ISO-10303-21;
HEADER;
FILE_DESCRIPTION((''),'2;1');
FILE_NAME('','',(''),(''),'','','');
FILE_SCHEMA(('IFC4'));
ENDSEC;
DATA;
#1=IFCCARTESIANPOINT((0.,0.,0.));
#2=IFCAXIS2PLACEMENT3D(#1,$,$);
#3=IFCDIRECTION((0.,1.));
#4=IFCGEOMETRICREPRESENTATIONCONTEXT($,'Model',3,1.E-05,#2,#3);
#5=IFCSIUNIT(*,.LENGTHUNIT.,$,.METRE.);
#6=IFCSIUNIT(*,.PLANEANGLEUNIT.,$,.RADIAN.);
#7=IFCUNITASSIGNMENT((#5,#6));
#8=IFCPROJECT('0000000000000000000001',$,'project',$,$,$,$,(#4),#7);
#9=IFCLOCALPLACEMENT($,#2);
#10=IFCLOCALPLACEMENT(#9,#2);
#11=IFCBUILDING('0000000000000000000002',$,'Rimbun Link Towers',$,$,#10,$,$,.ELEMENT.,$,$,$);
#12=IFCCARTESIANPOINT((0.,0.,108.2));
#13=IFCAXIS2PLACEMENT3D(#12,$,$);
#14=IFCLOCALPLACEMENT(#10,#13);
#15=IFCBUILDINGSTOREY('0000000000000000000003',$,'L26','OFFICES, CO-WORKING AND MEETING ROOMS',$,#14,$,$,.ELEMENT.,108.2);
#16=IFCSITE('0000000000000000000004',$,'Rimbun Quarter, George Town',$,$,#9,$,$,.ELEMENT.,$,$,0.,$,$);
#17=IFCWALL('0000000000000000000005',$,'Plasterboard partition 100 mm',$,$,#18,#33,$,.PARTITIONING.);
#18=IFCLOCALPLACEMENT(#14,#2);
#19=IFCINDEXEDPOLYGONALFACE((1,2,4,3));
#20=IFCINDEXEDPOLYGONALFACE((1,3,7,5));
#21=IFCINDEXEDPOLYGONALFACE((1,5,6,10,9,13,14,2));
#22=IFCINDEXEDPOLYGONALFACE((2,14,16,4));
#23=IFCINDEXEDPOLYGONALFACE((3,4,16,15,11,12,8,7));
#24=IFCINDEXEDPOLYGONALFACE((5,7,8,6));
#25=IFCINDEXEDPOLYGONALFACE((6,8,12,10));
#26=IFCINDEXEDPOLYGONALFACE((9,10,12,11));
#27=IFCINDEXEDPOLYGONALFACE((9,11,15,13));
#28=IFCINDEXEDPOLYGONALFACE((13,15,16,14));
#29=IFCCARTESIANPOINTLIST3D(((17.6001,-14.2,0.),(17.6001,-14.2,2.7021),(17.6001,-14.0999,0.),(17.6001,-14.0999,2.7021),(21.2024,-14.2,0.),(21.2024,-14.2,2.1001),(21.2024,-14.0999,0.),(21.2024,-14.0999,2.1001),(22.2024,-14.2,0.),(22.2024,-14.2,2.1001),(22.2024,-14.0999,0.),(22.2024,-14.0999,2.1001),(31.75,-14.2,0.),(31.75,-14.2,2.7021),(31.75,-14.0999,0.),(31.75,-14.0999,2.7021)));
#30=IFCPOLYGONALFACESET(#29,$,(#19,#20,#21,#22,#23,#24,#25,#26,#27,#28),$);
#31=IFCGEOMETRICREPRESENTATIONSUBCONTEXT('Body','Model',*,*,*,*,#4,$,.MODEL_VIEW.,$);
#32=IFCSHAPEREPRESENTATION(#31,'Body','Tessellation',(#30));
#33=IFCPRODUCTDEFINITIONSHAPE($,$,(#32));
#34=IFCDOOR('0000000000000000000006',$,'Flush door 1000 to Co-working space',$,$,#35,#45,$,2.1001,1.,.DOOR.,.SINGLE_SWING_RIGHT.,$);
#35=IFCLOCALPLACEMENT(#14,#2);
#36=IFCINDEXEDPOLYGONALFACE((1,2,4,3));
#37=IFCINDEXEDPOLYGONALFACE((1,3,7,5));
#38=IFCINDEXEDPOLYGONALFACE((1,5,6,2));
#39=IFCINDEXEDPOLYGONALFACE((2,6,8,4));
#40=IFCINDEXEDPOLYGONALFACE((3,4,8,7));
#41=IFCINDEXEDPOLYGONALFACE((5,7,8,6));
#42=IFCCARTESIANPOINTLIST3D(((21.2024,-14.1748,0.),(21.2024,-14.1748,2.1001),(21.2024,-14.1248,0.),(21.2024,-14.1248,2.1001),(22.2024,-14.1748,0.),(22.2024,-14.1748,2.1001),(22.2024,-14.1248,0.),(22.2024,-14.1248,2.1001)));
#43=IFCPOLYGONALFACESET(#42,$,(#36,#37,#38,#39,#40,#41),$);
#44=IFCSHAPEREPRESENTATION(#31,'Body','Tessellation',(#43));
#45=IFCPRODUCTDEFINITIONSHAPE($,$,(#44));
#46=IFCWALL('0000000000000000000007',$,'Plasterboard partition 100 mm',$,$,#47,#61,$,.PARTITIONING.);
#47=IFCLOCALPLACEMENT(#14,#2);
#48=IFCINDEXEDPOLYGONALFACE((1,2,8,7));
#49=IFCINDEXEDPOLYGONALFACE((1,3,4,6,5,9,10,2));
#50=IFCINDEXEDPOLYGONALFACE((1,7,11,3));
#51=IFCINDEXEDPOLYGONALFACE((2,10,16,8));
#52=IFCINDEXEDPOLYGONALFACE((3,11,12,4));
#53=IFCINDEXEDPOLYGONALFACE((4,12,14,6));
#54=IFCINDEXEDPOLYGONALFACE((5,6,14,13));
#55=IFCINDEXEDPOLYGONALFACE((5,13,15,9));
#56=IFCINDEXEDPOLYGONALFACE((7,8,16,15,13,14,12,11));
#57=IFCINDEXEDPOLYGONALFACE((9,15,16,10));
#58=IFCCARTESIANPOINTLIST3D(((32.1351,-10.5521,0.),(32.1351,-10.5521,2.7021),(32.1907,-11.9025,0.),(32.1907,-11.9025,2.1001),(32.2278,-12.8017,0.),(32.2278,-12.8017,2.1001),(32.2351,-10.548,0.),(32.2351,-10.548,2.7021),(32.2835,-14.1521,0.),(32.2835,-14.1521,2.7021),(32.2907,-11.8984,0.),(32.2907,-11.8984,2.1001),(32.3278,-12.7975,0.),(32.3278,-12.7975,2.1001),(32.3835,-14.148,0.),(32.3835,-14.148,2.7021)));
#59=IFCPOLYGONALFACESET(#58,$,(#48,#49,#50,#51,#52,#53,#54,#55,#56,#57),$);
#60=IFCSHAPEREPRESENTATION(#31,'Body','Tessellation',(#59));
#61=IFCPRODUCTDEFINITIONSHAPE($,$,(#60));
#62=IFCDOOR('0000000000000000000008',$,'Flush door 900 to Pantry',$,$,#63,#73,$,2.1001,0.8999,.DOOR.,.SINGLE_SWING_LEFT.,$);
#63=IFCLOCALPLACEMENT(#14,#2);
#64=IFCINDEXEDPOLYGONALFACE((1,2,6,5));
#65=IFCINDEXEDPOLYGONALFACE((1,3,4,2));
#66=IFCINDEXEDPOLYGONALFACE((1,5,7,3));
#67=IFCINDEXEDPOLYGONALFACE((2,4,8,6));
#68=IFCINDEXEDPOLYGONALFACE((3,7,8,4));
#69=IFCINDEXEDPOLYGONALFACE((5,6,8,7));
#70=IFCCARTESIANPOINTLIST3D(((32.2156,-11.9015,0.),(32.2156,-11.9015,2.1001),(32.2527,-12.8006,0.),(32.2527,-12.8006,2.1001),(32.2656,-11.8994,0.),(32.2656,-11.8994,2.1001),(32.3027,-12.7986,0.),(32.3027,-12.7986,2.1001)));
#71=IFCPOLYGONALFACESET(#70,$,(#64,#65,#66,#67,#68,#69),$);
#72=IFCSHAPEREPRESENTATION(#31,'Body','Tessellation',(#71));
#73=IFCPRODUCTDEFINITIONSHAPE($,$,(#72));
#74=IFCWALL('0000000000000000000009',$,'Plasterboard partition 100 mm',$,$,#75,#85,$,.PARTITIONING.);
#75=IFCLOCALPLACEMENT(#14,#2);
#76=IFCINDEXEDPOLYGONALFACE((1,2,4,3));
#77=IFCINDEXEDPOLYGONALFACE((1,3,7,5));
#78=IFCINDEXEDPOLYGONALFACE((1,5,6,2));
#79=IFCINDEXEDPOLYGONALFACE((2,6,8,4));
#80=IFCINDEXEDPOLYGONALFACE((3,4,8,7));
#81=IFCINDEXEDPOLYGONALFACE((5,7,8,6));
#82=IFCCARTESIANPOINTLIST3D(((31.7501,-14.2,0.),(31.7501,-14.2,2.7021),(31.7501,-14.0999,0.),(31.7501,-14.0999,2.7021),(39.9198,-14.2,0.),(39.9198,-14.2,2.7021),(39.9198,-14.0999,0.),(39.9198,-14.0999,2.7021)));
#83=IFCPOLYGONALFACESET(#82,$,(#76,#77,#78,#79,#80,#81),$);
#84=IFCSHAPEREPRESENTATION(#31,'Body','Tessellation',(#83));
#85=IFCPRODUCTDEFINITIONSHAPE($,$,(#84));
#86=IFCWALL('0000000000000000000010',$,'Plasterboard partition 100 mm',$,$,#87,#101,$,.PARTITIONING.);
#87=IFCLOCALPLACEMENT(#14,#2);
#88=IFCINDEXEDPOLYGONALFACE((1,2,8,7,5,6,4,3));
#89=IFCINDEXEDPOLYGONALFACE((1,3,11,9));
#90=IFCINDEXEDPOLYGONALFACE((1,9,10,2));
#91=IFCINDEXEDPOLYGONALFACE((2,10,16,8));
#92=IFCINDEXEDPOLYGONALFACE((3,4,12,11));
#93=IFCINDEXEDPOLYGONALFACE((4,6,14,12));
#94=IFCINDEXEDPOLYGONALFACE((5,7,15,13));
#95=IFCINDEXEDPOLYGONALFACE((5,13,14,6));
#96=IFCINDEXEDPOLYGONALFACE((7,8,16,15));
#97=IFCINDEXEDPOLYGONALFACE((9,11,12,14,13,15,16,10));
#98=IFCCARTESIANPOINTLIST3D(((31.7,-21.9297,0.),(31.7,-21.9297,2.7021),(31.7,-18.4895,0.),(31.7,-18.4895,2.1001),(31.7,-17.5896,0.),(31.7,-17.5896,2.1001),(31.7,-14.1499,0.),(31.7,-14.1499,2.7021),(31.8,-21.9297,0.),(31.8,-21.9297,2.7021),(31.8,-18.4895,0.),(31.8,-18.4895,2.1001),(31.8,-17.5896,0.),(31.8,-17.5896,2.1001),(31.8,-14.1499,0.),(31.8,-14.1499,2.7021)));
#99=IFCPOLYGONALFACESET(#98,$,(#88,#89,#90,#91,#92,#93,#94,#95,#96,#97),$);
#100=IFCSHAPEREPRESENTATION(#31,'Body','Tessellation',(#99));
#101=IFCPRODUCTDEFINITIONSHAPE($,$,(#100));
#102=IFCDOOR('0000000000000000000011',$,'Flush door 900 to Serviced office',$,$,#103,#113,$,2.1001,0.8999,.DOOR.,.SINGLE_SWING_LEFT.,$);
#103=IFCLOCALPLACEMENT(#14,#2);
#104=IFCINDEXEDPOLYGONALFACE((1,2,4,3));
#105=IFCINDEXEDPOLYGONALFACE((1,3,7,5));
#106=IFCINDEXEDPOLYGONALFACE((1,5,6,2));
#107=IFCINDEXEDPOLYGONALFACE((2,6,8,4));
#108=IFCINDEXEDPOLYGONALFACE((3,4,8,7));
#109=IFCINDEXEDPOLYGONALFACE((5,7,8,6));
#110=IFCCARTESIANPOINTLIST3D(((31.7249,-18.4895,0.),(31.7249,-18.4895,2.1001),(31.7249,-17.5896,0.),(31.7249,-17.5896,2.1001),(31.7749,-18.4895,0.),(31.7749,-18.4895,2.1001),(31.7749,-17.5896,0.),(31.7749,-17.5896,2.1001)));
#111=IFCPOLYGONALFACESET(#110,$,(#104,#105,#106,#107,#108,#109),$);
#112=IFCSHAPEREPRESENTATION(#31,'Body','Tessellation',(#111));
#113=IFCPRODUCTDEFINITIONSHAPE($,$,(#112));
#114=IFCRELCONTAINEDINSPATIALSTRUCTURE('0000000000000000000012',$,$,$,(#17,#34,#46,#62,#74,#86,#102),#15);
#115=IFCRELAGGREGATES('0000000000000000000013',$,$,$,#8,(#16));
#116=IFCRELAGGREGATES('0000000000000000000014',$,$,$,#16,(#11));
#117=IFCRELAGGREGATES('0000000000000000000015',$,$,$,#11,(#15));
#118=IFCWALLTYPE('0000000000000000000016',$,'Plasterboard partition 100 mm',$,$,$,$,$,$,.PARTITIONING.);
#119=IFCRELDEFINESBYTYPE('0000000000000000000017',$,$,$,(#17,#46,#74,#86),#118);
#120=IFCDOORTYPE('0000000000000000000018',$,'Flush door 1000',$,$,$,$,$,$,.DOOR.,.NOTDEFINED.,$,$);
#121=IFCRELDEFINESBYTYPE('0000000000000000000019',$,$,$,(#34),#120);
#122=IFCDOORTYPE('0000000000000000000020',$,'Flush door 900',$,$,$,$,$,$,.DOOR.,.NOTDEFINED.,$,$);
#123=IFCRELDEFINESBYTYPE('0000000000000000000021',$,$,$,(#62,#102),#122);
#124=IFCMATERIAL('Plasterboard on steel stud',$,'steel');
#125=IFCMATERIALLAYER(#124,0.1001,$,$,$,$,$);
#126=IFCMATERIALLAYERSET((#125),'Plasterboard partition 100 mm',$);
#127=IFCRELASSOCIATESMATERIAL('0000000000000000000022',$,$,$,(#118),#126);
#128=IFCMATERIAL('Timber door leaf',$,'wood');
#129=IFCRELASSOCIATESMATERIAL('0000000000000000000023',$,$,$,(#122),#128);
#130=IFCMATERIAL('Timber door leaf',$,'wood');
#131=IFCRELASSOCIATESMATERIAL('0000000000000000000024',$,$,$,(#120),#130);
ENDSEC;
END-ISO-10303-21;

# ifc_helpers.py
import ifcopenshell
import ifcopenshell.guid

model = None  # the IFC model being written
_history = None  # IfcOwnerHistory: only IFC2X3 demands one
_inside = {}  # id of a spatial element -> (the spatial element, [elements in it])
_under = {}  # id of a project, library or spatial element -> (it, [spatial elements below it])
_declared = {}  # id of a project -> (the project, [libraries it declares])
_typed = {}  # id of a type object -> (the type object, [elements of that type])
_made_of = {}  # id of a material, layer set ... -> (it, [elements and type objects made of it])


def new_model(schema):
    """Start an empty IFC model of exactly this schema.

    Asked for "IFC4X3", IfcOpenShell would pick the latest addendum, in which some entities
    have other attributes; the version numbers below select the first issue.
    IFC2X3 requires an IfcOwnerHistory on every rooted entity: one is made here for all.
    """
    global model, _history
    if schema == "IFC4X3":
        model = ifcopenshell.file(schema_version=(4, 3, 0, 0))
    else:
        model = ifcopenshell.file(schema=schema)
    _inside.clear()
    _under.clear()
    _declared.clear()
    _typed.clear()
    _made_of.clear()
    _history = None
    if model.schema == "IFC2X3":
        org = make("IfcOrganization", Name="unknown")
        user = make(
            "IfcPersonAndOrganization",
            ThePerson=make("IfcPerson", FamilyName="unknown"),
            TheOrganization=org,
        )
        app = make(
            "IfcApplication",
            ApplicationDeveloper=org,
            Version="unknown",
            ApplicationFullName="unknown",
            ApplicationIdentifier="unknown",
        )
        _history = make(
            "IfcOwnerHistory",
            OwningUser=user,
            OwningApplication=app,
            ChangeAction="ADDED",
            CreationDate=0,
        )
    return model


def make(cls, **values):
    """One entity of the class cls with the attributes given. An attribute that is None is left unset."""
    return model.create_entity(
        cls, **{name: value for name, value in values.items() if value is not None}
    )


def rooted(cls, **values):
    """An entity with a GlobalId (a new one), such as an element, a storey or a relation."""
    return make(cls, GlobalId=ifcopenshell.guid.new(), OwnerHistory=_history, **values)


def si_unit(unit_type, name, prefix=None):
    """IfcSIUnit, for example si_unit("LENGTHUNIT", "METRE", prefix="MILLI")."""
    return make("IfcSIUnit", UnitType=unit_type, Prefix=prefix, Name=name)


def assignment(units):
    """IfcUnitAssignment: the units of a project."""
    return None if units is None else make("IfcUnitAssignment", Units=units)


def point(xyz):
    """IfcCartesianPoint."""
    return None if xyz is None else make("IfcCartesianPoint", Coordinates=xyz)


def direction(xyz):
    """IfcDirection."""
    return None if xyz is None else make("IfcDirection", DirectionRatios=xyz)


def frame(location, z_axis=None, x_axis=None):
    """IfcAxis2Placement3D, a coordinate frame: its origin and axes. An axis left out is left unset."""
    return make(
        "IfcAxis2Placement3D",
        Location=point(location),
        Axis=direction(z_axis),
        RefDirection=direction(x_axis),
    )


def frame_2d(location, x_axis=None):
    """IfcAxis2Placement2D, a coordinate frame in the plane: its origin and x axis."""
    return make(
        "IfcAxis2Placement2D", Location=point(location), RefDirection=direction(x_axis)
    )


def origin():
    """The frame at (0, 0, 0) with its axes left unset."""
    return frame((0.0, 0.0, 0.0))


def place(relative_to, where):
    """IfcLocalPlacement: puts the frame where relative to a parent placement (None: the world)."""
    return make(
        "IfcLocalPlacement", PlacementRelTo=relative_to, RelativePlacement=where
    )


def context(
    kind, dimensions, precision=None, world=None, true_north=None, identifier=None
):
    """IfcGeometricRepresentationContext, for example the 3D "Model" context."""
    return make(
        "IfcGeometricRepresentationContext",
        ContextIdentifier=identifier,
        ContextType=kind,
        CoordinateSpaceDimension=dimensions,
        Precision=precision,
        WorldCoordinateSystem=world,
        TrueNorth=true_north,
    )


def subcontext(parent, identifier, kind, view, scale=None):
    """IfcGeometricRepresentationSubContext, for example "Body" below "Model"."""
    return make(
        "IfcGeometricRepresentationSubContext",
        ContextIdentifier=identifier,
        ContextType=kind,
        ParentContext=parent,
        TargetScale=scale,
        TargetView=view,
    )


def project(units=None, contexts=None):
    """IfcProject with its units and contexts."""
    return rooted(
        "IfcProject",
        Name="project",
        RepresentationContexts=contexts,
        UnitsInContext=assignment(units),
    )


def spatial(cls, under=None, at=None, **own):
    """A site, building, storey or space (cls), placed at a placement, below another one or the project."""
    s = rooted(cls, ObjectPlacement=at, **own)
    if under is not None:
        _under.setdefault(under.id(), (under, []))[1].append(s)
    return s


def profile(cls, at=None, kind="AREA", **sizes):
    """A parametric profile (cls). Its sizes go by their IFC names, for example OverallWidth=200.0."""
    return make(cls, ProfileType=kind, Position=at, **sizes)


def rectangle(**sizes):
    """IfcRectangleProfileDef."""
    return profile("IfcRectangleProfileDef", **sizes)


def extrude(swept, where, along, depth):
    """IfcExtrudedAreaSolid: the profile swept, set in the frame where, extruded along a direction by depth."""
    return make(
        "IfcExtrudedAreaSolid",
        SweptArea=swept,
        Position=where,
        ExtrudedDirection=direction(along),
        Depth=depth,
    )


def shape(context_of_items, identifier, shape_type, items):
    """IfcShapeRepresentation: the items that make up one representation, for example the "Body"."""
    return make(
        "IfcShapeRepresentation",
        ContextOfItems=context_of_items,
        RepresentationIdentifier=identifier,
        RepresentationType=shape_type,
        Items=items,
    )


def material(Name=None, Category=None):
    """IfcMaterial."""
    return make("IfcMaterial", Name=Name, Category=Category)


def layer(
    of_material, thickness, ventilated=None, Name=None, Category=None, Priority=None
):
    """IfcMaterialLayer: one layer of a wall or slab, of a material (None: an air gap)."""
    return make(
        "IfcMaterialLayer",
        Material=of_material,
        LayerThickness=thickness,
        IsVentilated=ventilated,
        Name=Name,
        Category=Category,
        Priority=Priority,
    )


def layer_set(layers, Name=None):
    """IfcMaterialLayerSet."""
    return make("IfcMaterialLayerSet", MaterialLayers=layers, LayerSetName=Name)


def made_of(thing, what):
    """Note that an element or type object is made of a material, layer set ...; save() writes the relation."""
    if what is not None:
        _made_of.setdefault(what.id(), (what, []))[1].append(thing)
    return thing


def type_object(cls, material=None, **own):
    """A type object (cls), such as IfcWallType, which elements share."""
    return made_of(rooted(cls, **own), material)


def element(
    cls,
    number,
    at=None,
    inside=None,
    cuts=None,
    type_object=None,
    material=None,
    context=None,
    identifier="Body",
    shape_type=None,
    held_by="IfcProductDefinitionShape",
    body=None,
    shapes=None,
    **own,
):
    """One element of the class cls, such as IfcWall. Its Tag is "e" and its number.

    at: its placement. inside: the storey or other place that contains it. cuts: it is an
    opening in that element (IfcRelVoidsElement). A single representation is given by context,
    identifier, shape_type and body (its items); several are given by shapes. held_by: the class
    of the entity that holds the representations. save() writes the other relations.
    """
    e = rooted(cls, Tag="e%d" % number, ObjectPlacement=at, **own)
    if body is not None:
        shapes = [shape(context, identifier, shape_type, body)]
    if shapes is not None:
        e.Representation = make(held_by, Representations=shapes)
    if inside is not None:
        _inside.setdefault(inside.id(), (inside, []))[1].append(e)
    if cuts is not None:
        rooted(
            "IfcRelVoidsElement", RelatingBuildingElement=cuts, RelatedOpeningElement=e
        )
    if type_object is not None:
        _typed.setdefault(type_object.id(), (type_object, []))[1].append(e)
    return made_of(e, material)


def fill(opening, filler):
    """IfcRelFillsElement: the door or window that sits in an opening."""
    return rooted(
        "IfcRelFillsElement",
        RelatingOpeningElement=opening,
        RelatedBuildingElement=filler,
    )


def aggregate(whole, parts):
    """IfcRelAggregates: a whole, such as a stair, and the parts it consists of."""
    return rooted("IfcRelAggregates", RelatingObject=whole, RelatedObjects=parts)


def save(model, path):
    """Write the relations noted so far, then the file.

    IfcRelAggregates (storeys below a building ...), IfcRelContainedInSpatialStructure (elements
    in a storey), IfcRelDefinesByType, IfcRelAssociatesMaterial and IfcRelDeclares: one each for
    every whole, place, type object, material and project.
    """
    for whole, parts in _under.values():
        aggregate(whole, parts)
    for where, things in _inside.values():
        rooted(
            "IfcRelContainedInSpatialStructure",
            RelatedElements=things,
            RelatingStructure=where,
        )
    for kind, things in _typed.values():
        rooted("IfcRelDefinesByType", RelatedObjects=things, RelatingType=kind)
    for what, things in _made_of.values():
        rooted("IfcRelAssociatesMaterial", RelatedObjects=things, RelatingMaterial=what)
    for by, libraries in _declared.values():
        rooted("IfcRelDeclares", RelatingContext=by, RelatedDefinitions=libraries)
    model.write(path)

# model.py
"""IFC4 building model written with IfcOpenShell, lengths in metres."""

from ifc_helpers import new_model, si_unit, direction, frame, frame_2d, origin, place, context, subcontext, project, spatial, rectangle, extrude, material, layer, layer_set, type_object, element, fill, save


model = new_model("IFC4")

# Units and contexts
model_context = context("Model", 3, precision=1e-05, world=origin(), true_north=direction((0.0, 1.0)))
body_context = subcontext(model_context, "Body", "Model", "MODEL_VIEW")
ifc_project = project(units=[si_unit("LENGTHUNIT", "METRE"), si_unit("PLANEANGLEUNIT", "RADIAN")], contexts=[model_context])

# Site, building, storey
site_placement = place(None, origin())
site = spatial("IfcSite", under=ifc_project, at=site_placement, Name="Rimbun Quarter, George Town", CompositionType="ELEMENT", RefElevation=0.0)
building_placement = place(site_placement, origin())
building = spatial("IfcBuilding", under=site, at=building_placement, Name="Rimbun Link Towers", CompositionType="ELEMENT")
storey_placement = place(building_placement, frame((0.0, 0.0, 108.2)))
storey = spatial("IfcBuildingStorey", under=building, at=storey_placement, Name="L26", Description="OFFICES, CO-WORKING AND MEETING ROOMS", CompositionType="ELEMENT", Elevation=108.2)

# Walls, openings, doors
ifc_material_1 = material(Name="Plasterboard on steel stud", Category="steel")
ifc_layer_1 = layer(ifc_material_1, 0.1001)
ifc_layer_set_1 = layer_set([ifc_layer_1], Name="Plasterboard partition 100 mm")
wall_type = type_object("IfcWallType", Name="Plasterboard partition 100 mm", PredefinedType="PARTITIONING", material=ifc_layer_set_1)
ifc_material_2 = material(Name="Timber door leaf", Category="wood")
door_type_1 = type_object("IfcDoorType", Name="Flush door 900", OperationType="NOTDEFINED", PredefinedType="DOOR", material=ifc_material_2)
wall_1_placement = place(storey_placement, frame((31.75, -14.1499, 0.0), z_axis=(0.0, 0.0, 1.0), x_axis=(-1.0, 0.0, 0.0)))
wall_1 = element("IfcWall", 1, at=wall_1_placement, inside=storey, type_object=wall_type, Name="Plasterboard partition 100 mm", PredefinedType="PARTITIONING", context=body_context, shape_type="SweptSolid", body=[
    extrude(rectangle(XDim=14.1499, YDim=0.1001, at=frame_2d((7.075, 0.0))), origin(), (0.0, 0.0, 1.0), 2.7021),
])
opening_1_placement = place(wall_1_placement, frame((9.5476, 0.0, 0.0)))
opening_1 = element("IfcOpeningElement", 2, at=opening_1_placement, cuts=wall_1, PredefinedType="OPENING", context=body_context, shape_type="SweptSolid", body=[
    extrude(rectangle(XDim=1.0, YDim=2.1001, at=frame_2d((0.5, 1.05))), frame((0.0, 0.0601, 0.0), z_axis=(0.0, -1.0, 0.0), x_axis=(1.0, 0.0, 0.0)), (0.0, 0.0, 1.0), 0.1201),
])
ifc_material_3 = material(Name="Timber door leaf", Category="wood")
door_type_2 = type_object("IfcDoorType", Name="Flush door 1000", OperationType="NOTDEFINED", PredefinedType="DOOR", material=ifc_material_3)
door_1_placement = place(opening_1_placement, origin())
door_1 = element("IfcDoor", 3, at=door_1_placement, inside=storey, type_object=door_type_2, Name="Flush door 1000 to Co-working space", OperationType="SINGLE_SWING_RIGHT", OverallHeight=2.1001, OverallWidth=1.0, PredefinedType="DOOR", context=body_context, shape_type="SweptSolid", body=[
    extrude(rectangle(XDim=1.0, YDim=2.1001, at=frame_2d((0.5, 1.05))), frame((0.0, 0.0249, 0.0), z_axis=(0.0, -1.0, 0.0), x_axis=(1.0, 0.0, 0.0)), (0.0, 0.0, 1.0), 0.05),
])
fill(opening_1, door_1)
wall_2_placement = place(storey_placement, frame((32.1851, -10.55, 0.0), z_axis=(0.0, 0.0, 1.0), x_axis=(0.041199, -0.999151, 0.0)))
wall_2 = element("IfcWall", 4, at=wall_2_placement, inside=storey, type_object=wall_type, Name="Plasterboard partition 100 mm", PredefinedType="PARTITIONING", context=body_context, shape_type="SweptSolid", body=[
    extrude(rectangle(XDim=3.603, YDim=0.1001, at=frame_2d((1.8015, 0.0))), origin(), (0.0, 0.0, 1.0), 2.7021),
])
opening_2_placement = place(wall_2_placement, frame((1.3516, 0.0, 0.0)))
opening_2 = element("IfcOpeningElement", 5, at=opening_2_placement, cuts=wall_2, PredefinedType="OPENING", context=body_context, shape_type="SweptSolid", body=[
    extrude(rectangle(XDim=0.8999, YDim=2.1001, at=frame_2d((0.45, 1.05))), frame((0.0, 0.0601, 0.0), z_axis=(0.0, -1.0, 0.0), x_axis=(1.0, 0.0, 0.0)), (0.0, 0.0, 1.0), 0.1201),
])
door_2_placement = place(opening_2_placement, origin())
door_2 = element("IfcDoor", 6, at=door_2_placement, inside=storey, type_object=door_type_1, Name="Flush door 900 to Pantry", OperationType="SINGLE_SWING_LEFT", OverallHeight=2.1001, OverallWidth=0.8999, PredefinedType="DOOR", context=body_context, shape_type="SweptSolid", body=[
    extrude(rectangle(XDim=0.8999, YDim=2.1001, at=frame_2d((0.45, 1.05))), frame((0.0, 0.0249, 0.0), z_axis=(0.0, -1.0, 0.0), x_axis=(1.0, 0.0, 0.0)), (0.0, 0.0, 1.0), 0.05),
])
fill(opening_2, door_2)

# Wall
wall_3_placement = place(storey_placement, frame((31.75, -14.1499, 0.0), z_axis=(0.0, 0.0, 1.0), x_axis=(1.0, 0.0, 0.0)))
element("IfcWall", 7, at=wall_3_placement, inside=storey, type_object=wall_type, Name="Plasterboard partition 100 mm", PredefinedType="PARTITIONING", context=body_context, shape_type="SweptSolid", body=[
    extrude(rectangle(XDim=8.1697, YDim=0.1001, at=frame_2d((4.085, 0.0))), origin(), (0.0, 0.0, 1.0), 2.7021),
])

# Wall, opening, door
wall_4_placement = place(storey_placement, frame((31.75, -14.1499, 0.0), z_axis=(0.0, 0.0, 1.0), x_axis=(0.0, -1.0, 0.0)))
wall_4 = element("IfcWall", 8, at=wall_4_placement, inside=storey, type_object=wall_type, Name="Plasterboard partition 100 mm", PredefinedType="PARTITIONING", context=body_context, shape_type="SweptSolid", body=[
    extrude(rectangle(XDim=7.7798, YDim=0.1001, at=frame_2d((3.8899, 0.0))), origin(), (0.0, 0.0, 1.0), 2.7021),
])
opening_3_placement = place(wall_4_placement, frame((3.4397, 0.0, 0.0)))
opening_3 = element("IfcOpeningElement", 9, at=opening_3_placement, cuts=wall_4, PredefinedType="OPENING", context=body_context, shape_type="SweptSolid", body=[
    extrude(rectangle(XDim=0.8999, YDim=2.1001, at=frame_2d((0.45, 1.05))), frame((0.0, 0.0601, 0.0), z_axis=(0.0, -1.0, 0.0), x_axis=(1.0, 0.0, 0.0)), (0.0, 0.0, 1.0), 0.1201),
])
door_3_placement = place(opening_3_placement, origin())
door_3 = element("IfcDoor", 10, at=door_3_placement, inside=storey, type_object=door_type_1, Name="Flush door 900 to Serviced office", OperationType="SINGLE_SWING_LEFT", OverallHeight=2.1001, OverallWidth=0.8999, PredefinedType="DOOR", context=body_context, shape_type="SweptSolid", body=[
    extrude(rectangle(XDim=0.8999, YDim=2.1001, at=frame_2d((0.45, 1.05))), frame((0.0, 0.0249, 0.0), z_axis=(0.0, -1.0, 0.0), x_axis=(1.0, 0.0, 0.0)), (0.0, 0.0, 1.0), 0.05),
])
fill(opening_3, door_3)

save(model, "model.ifc")
